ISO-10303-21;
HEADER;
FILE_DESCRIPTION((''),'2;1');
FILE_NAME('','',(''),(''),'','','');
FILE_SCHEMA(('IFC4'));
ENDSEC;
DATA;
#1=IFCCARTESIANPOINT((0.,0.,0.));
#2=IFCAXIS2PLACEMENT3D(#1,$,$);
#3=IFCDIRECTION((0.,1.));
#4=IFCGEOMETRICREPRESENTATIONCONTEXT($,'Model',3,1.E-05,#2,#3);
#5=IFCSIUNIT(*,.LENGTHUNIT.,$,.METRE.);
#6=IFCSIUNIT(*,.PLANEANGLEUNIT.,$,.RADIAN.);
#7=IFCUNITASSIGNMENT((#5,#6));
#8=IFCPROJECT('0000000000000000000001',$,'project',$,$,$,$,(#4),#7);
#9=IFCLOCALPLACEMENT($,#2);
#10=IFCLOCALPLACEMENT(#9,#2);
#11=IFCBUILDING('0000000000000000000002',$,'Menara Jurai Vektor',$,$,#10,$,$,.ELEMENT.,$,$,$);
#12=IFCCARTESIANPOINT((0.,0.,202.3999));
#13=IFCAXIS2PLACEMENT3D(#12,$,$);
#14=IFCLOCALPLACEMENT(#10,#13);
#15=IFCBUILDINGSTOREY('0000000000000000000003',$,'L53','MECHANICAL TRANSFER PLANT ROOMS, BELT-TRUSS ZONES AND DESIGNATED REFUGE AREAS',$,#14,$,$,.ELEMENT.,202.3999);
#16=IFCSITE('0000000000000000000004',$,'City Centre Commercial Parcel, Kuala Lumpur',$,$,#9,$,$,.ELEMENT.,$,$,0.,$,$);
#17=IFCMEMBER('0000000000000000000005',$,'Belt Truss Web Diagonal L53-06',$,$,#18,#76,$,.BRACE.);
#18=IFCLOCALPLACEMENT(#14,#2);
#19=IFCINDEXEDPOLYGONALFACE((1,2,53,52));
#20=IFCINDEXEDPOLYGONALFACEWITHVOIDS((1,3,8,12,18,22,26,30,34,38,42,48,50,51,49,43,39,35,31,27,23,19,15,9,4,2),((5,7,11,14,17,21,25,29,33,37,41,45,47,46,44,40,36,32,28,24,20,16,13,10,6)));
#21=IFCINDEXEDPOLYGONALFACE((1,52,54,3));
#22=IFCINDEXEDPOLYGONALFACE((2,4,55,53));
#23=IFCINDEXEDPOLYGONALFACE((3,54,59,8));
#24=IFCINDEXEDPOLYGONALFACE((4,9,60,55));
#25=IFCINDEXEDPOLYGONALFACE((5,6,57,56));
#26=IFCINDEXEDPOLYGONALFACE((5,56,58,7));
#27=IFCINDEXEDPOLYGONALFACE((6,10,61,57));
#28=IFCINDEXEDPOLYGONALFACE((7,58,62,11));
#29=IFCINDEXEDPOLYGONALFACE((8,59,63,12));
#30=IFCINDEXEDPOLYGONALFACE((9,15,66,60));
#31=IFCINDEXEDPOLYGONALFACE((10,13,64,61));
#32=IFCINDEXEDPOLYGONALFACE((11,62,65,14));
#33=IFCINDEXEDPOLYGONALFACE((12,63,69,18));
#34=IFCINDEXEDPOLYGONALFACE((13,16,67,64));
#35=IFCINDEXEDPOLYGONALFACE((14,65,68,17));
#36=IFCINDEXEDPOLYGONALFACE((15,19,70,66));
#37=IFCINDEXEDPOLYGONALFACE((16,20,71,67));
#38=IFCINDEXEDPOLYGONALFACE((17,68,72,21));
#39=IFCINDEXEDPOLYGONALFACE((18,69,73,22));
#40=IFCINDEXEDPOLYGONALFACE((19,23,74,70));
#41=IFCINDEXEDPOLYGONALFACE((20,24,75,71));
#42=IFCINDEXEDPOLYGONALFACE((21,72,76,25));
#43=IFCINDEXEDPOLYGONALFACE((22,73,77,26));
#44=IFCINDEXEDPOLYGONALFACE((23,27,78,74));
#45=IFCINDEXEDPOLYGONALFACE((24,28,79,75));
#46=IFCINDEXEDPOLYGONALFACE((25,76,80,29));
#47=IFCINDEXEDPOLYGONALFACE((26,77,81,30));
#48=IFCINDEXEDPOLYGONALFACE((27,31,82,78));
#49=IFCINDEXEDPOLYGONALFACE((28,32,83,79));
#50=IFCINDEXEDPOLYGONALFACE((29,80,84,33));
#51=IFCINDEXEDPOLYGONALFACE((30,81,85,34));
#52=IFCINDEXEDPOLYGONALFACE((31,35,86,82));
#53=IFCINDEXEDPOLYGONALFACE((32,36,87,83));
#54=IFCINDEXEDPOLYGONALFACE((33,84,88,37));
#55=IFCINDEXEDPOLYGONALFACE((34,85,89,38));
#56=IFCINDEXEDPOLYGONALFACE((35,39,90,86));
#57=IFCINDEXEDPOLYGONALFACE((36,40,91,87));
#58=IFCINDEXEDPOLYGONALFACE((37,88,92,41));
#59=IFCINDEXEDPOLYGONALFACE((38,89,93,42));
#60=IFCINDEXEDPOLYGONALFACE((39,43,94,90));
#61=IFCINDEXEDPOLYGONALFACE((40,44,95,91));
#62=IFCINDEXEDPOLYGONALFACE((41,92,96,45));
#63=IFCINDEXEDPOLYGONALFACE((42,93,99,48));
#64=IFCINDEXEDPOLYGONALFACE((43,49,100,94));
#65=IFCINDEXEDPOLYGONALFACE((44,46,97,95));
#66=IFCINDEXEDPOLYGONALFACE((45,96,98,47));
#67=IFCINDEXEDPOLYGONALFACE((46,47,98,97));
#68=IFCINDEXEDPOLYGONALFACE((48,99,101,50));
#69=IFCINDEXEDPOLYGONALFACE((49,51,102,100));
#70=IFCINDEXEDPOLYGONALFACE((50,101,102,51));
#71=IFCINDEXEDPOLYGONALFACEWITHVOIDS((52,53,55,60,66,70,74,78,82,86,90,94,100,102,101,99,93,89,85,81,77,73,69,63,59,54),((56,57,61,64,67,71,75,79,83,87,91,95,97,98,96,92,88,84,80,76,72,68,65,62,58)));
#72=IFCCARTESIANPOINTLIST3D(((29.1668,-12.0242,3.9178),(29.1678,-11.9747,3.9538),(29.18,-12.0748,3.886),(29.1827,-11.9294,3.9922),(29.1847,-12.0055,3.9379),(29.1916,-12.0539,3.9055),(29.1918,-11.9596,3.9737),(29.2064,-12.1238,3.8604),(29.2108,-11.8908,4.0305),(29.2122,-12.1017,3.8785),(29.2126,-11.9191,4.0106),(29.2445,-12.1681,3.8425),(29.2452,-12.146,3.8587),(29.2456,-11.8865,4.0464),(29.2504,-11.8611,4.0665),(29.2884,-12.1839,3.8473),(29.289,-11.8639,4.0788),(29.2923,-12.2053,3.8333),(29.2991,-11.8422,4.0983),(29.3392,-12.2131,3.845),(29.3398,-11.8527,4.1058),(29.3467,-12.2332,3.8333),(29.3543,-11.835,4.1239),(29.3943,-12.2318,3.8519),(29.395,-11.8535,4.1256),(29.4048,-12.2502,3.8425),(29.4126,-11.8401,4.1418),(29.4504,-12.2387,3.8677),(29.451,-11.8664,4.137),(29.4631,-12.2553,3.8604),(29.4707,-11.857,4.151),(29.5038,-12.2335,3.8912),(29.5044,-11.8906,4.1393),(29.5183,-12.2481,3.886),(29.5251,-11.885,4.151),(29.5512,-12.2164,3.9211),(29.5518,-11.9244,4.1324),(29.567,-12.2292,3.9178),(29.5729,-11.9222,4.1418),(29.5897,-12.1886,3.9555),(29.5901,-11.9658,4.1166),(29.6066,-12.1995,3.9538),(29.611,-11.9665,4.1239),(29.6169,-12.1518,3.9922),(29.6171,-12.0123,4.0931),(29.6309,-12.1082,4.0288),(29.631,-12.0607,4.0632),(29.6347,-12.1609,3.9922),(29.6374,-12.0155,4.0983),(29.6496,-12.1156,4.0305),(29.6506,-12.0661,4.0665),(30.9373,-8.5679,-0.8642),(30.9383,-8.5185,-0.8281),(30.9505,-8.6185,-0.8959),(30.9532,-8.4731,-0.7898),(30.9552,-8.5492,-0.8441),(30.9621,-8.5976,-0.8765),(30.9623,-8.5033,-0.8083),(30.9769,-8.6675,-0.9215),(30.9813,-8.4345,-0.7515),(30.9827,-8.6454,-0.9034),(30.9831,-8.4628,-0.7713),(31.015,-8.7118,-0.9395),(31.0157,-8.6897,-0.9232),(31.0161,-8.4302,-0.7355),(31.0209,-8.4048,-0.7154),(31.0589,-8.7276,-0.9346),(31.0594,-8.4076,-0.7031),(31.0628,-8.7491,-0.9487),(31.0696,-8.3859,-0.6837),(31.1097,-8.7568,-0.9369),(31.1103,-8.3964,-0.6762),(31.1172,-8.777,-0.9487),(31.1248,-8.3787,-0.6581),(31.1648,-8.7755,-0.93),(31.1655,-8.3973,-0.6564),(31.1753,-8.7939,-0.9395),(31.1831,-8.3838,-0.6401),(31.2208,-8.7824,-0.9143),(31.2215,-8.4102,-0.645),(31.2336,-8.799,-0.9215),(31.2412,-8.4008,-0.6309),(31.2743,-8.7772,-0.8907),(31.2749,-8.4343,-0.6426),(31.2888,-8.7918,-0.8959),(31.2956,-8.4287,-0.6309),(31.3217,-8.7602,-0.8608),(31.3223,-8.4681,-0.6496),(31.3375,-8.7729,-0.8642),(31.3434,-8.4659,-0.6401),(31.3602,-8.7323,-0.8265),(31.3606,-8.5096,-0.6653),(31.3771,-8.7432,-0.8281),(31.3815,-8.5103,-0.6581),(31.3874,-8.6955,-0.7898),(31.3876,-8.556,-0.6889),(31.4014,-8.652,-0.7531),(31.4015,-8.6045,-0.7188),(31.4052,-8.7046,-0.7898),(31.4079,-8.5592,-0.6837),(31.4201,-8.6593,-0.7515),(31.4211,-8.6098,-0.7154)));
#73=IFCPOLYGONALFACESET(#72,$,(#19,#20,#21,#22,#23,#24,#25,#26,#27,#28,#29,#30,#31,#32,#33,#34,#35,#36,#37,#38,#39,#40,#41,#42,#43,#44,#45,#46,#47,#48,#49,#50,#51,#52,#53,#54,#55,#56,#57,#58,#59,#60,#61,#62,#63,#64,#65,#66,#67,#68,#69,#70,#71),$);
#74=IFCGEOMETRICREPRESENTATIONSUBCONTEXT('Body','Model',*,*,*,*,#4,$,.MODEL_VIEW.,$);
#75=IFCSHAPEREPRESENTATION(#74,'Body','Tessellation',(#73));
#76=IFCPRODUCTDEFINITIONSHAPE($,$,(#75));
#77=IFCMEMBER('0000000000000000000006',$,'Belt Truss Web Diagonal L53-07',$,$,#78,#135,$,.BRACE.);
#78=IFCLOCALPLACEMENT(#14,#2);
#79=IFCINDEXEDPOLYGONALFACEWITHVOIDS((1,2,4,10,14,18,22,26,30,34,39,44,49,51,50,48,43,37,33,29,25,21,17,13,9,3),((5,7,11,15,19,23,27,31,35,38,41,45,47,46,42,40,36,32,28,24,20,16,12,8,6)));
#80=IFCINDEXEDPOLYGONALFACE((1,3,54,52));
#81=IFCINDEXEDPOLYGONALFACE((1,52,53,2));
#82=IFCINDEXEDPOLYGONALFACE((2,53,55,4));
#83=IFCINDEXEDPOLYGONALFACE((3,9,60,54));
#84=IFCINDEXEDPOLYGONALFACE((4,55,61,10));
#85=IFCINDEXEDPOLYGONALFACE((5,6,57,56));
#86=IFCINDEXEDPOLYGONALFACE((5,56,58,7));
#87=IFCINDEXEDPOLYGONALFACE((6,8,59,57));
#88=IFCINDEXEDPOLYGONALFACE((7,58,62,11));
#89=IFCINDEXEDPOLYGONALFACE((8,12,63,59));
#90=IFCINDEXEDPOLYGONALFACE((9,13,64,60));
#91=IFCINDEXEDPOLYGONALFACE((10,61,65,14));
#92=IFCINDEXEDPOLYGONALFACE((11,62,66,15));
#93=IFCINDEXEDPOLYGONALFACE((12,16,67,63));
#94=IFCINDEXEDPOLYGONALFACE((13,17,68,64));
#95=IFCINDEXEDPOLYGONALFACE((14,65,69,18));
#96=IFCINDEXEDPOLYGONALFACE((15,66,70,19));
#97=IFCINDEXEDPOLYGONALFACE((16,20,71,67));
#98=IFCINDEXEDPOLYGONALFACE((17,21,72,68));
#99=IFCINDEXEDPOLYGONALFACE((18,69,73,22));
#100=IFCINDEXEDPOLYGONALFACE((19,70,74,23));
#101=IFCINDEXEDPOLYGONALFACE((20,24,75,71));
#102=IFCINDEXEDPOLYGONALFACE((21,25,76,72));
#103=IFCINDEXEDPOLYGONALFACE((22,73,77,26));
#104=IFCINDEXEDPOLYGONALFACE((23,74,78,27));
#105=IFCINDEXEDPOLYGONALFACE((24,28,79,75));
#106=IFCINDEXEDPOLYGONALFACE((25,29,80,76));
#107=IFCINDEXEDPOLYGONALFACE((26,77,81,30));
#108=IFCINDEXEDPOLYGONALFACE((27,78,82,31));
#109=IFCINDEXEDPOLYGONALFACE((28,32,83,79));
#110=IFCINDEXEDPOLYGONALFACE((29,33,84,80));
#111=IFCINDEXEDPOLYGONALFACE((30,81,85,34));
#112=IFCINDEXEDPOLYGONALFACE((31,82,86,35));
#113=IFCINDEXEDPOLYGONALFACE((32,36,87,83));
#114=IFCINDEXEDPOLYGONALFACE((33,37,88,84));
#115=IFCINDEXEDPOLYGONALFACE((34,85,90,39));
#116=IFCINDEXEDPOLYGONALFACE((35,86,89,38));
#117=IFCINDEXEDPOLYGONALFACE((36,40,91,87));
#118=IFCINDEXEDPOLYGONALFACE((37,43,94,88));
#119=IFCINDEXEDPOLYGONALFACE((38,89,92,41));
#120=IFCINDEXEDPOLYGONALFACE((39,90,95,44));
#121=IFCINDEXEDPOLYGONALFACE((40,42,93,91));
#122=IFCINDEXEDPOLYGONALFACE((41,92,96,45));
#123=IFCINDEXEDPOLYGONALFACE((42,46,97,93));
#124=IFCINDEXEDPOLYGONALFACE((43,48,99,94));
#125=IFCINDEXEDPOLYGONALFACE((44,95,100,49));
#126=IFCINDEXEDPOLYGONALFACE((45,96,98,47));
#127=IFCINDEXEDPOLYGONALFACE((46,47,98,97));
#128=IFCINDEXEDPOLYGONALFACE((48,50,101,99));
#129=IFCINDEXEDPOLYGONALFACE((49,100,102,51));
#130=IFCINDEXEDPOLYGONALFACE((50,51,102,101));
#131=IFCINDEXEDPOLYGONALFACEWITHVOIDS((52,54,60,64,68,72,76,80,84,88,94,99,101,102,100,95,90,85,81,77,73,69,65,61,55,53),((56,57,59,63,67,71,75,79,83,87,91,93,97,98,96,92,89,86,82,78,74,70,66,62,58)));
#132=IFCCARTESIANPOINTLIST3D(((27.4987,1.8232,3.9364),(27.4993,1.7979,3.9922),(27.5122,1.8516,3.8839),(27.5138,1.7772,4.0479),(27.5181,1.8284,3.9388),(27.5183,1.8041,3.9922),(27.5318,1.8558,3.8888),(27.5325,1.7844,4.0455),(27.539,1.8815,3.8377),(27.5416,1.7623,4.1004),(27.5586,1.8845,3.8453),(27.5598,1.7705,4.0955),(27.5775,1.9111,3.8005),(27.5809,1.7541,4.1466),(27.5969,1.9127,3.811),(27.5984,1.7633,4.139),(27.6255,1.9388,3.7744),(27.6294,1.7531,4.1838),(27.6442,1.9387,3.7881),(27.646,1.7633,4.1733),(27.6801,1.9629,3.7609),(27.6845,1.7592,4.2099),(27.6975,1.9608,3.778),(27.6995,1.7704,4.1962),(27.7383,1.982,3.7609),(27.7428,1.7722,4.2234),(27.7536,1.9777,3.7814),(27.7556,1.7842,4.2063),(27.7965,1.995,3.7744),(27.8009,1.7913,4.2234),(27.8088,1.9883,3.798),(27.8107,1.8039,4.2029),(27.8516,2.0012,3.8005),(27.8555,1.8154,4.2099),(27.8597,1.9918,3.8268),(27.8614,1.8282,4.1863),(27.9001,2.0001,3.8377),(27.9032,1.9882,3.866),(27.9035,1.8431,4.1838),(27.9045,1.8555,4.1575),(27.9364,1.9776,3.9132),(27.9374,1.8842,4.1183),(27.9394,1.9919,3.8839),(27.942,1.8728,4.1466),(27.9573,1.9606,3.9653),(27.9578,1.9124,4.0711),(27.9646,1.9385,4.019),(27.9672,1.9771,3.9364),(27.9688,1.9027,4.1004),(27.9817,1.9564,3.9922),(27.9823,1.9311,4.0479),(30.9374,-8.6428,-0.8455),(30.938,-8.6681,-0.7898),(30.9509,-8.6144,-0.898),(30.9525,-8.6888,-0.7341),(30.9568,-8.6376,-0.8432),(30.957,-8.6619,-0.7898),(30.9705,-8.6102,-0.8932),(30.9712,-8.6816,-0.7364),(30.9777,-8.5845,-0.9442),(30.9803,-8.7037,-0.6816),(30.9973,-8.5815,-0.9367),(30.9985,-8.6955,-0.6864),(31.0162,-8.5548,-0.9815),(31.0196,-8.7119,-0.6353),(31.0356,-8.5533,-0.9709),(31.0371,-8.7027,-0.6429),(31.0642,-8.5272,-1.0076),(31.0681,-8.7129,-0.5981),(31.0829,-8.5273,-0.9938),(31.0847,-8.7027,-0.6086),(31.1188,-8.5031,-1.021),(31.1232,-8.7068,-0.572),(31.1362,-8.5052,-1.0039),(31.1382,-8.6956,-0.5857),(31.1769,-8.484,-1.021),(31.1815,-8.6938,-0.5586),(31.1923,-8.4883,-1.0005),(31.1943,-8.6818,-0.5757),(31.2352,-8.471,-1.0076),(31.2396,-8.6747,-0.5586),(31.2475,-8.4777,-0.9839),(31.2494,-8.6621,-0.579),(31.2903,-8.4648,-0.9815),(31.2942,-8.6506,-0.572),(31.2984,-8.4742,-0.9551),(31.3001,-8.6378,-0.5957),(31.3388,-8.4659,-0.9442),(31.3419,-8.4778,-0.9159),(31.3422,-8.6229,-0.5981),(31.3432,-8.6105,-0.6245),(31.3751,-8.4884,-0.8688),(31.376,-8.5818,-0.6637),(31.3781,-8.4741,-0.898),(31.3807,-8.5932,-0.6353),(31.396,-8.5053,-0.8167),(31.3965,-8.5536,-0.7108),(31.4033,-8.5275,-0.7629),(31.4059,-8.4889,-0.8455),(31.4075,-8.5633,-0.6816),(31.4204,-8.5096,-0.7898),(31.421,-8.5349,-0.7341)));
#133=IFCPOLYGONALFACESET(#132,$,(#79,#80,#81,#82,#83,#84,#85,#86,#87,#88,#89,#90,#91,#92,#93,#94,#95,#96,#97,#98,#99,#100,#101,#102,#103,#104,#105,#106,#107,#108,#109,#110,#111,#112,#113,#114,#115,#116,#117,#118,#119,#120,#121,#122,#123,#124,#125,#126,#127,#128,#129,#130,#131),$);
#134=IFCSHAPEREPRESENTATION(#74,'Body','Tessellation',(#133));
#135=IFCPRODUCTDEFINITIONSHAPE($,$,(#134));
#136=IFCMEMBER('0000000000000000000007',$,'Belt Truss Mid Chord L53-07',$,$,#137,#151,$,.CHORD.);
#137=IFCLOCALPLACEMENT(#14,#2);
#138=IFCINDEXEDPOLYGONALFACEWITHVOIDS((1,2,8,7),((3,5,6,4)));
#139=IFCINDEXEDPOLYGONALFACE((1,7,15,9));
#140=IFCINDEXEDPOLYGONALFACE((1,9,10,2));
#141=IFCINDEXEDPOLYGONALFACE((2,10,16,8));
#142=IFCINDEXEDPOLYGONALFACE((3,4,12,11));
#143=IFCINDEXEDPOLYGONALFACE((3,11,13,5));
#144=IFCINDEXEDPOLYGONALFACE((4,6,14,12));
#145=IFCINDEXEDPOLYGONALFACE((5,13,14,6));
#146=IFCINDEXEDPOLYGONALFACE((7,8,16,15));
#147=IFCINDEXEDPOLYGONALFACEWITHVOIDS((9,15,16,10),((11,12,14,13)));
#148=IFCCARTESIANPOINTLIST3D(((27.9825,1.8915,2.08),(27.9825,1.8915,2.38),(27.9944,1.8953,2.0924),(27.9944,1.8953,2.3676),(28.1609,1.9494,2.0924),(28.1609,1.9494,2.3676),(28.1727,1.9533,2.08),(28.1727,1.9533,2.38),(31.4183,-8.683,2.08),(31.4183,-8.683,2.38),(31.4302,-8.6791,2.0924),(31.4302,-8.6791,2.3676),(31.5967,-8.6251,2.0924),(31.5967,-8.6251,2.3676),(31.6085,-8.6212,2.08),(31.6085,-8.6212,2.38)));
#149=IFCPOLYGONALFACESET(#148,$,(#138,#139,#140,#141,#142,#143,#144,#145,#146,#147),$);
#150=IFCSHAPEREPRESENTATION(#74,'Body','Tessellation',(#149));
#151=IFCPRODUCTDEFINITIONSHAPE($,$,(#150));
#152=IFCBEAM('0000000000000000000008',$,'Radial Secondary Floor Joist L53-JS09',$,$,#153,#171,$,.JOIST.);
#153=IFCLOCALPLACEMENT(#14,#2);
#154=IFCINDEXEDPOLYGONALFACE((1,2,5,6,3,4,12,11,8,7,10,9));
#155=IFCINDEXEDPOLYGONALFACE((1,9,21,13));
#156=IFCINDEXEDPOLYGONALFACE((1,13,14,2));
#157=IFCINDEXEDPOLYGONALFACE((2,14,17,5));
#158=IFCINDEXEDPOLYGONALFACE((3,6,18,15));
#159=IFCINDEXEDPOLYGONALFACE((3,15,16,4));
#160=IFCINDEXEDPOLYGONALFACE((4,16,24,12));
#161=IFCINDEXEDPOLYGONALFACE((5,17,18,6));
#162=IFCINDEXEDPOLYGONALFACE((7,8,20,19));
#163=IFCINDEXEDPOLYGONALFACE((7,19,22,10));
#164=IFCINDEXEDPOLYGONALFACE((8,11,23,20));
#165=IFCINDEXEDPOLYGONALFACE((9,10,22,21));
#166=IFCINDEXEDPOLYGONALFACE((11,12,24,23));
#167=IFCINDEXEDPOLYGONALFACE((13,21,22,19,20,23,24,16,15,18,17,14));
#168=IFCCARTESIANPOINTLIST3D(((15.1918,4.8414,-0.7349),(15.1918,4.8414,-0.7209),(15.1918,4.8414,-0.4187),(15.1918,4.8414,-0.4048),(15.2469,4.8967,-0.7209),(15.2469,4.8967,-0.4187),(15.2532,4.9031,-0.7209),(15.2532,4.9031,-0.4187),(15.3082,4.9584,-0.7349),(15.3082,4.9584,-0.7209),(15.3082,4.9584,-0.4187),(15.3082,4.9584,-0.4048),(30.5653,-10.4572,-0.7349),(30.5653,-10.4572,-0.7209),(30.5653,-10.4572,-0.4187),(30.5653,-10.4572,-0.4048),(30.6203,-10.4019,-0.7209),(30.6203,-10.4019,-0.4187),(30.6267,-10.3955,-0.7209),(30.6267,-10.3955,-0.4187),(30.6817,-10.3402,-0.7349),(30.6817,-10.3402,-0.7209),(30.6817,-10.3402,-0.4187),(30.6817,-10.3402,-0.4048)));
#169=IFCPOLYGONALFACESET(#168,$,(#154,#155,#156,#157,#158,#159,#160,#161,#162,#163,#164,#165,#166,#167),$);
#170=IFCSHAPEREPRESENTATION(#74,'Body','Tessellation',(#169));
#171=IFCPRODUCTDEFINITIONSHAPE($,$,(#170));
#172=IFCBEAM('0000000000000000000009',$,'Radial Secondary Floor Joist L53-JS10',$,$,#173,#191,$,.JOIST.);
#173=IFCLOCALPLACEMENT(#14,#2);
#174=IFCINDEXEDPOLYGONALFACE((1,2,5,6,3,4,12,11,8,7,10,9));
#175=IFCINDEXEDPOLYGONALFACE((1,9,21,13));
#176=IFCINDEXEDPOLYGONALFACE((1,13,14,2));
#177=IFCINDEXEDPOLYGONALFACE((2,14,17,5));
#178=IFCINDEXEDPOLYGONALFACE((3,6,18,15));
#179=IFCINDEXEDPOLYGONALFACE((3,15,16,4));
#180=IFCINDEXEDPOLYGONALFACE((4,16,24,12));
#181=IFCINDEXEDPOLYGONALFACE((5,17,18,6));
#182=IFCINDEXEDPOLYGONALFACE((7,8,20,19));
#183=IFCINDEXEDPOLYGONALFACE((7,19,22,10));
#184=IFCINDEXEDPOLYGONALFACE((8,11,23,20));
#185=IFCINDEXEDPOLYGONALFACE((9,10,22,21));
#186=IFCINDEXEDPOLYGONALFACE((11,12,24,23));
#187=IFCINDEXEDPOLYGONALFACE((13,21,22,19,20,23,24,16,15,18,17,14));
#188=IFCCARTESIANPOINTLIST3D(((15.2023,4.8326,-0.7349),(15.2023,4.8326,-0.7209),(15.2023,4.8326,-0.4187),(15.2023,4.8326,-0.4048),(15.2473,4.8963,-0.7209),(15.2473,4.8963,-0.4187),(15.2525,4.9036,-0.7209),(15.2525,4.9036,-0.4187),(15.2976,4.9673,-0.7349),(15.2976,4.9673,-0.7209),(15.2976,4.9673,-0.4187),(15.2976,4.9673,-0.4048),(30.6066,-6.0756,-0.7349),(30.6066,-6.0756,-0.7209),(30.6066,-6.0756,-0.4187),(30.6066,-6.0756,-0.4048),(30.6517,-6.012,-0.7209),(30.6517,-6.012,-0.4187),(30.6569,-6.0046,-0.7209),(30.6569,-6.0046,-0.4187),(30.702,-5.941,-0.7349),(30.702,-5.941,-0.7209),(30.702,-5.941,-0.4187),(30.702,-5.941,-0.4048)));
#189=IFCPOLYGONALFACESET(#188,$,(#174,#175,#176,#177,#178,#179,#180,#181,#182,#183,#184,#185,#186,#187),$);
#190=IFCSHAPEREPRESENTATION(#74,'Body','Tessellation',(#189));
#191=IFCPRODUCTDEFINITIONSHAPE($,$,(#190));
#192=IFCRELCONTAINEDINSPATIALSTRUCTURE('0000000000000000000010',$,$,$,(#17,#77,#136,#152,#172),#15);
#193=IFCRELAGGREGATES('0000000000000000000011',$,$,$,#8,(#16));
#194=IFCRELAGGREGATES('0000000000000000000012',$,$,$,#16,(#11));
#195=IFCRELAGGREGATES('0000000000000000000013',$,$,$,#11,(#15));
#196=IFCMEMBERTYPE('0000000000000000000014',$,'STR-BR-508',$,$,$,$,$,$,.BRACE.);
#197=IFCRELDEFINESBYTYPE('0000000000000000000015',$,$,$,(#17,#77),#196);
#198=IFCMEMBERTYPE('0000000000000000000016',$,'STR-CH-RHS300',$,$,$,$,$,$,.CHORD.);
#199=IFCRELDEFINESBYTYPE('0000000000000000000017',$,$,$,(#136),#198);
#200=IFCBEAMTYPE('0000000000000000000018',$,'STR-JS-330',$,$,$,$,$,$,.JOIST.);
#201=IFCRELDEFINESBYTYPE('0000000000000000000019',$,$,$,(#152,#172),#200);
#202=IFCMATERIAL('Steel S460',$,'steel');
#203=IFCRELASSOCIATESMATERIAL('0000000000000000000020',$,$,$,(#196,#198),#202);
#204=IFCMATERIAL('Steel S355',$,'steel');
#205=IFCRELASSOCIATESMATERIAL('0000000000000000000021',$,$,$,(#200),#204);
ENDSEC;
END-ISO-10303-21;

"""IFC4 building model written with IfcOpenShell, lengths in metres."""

from ifc_helpers import new_model, si_unit, direction, frame, origin, origin_2d, place, context, subcontext, project, spatial, hollow_rectangle, hollow_circle, i_section, extrude, material, material_profile, profile_set, type_object, element, save


model = new_model("IFC4")

# Units and contexts
model_context = context("Model", 3, precision=1e-05, world=origin(), true_north=direction((0.0, 1.0)))
body_context = subcontext(model_context, "Body", "Model", "MODEL_VIEW")
ifc_project = project(units=[si_unit("LENGTHUNIT", "METRE"), si_unit("PLANEANGLEUNIT", "RADIAN")], contexts=[model_context])

# Site, building, storey
site_placement = place(None, origin())
site = spatial("IfcSite", under=ifc_project, at=site_placement, Name="City Centre Commercial Parcel, Kuala Lumpur", CompositionType="ELEMENT", RefElevation=0.0)
building_placement = place(site_placement, origin())
building = spatial("IfcBuilding", under=site, at=building_placement, Name="Menara Jurai Vektor", CompositionType="ELEMENT")
storey_placement = place(building_placement, frame((0.0, 0.0, 202.3999)))
storey = spatial("IfcBuildingStorey", under=building, at=storey_placement, Name="L53", Description="MECHANICAL TRANSFER PLANT ROOMS, BELT-TRUSS ZONES AND DESIGNATED REFUGE AREAS", CompositionType="ELEMENT", Elevation=202.3999)

# Shared definitions
ifc_material_1 = material(Name="Steel S460", Category="steel")

# Shared definitions
ifc_material_2 = material(Name="Steel S355", Category="steel")

# Members
ifc_material_profile_1 = material_profile(ifc_material_1, hollow_circle(Radius=0.2539, WallThickness=0.02, at=origin_2d()), Name="CHS 508x20")
ifc_profile_set_1 = profile_set([ifc_material_profile_1], Name="Steel S460")
member_type_1 = type_object("IfcMemberType", Name="STR-BR-508", PredefinedType="BRACE", material=ifc_profile_set_1)
member_1_placement = place(storey_placement, frame((31.1792, -8.5889, -0.7898), z_axis=(-0.287411, -0.561069, 0.776271), x_axis=(0.890022, -0.455918, 0.0)))
element("IfcMember", 1, at=member_1_placement, inside=storey, type_object=member_type_1, Name="Belt Truss Web Diagonal L53-06", PredefinedType="BRACE", context=body_context, shape_type="SweptSolid", body=[
    extrude(hollow_circle(Radius=0.2539, WallThickness=0.02, at=origin_2d()), origin(), (0.0, 0.0, 1.0), 6.1602),
])
member_2_placement = place(storey_placement, frame((31.1792, -8.5889, -0.7898), z_axis=(-0.286331, 0.871474, 0.39818), x_axis=(-0.950035, -0.312143, 0.0)))
element("IfcMember", 2, at=member_2_placement, inside=storey, type_object=member_type_1, Name="Belt Truss Web Diagonal L53-07", PredefinedType="BRACE", context=body_context, shape_type="SweptSolid", body=[
    extrude(hollow_circle(Radius=0.2539, WallThickness=0.02, at=origin_2d()), origin(), (0.0, 0.0, 1.0), 12.0095),
])
ifc_material_profile_2 = material_profile(ifc_material_1, hollow_rectangle(XDim=0.2, YDim=0.3, WallThickness=0.0125, at=origin_2d()), Name="RHS 300x200x12.5")
ifc_profile_set_2 = profile_set([ifc_material_profile_2], Name="Steel S460")
member_type_2 = type_object("IfcMemberType", Name="STR-CH-RHS300", PredefinedType="CHORD", material=ifc_profile_set_2)
member_3_placement = place(storey_placement, frame((31.5134, -8.6521, 2.23), z_axis=(-0.309012, 0.951058, 0.0), x_axis=(-0.951058, -0.309012, 0.0)))
element("IfcMember", 3, at=member_3_placement, inside=storey, type_object=member_type_2, Name="Belt Truss Mid Chord L53-07", PredefinedType="CHORD", context=body_context, shape_type="SweptSolid", body=[
    extrude(hollow_rectangle(XDim=0.2, YDim=0.3, WallThickness=0.0125, at=origin_2d()), origin(), (0.0, 0.0, 1.0), 11.1187),
])

# Beams
ifc_material_profile_3 = material_profile(ifc_material_2, i_section(OverallWidth=0.165, OverallDepth=0.3301, WebThickness=0.009, FlangeThickness=0.0139, at=origin_2d()), Name="PG 330x165x46")
ifc_profile_set_3 = profile_set([ifc_material_profile_3], Name="Steel S355")
beam_type_1 = type_object("IfcBeamType", Name="STR-JS-330", PredefinedType="JOIST", material=ifc_profile_set_3)
beam_1_placement = place(storey_placement, frame((30.6235, -10.3987, -0.5698), z_axis=(-0.708833, 0.705377, 0.0), x_axis=(-0.705377, -0.708833, 0.0)))
element("IfcBeam", 4, at=beam_1_placement, inside=storey, type_object=beam_type_1, Name="Radial Secondary Floor Joist L53-JS09", PredefinedType="JOIST", context=body_context, shape_type="SweptSolid", body=[
    extrude(i_section(OverallWidth=0.165, OverallDepth=0.3301, WebThickness=0.009, FlangeThickness=0.0139, at=origin_2d()), origin(), (0.0, 0.0, 1.0), 21.6885),
])
beam_2_placement = place(storey_placement, frame((30.6543, -6.0083, -0.5698), z_axis=(-0.816104, 0.577905, 0.0), x_axis=(-0.577905, -0.816104, 0.0)))
element("IfcBeam", 5, at=beam_2_placement, inside=storey, type_object=beam_type_1, Name="Radial Secondary Floor Joist L53-JS10", PredefinedType="JOIST", context=body_context, shape_type="SweptSolid", body=[
    extrude(i_section(OverallWidth=0.165, OverallDepth=0.3301, WebThickness=0.009, FlangeThickness=0.0139, at=origin_2d()), origin(), (0.0, 0.0, 1.0), 18.8755),
])

save(model, "model.ifc")
